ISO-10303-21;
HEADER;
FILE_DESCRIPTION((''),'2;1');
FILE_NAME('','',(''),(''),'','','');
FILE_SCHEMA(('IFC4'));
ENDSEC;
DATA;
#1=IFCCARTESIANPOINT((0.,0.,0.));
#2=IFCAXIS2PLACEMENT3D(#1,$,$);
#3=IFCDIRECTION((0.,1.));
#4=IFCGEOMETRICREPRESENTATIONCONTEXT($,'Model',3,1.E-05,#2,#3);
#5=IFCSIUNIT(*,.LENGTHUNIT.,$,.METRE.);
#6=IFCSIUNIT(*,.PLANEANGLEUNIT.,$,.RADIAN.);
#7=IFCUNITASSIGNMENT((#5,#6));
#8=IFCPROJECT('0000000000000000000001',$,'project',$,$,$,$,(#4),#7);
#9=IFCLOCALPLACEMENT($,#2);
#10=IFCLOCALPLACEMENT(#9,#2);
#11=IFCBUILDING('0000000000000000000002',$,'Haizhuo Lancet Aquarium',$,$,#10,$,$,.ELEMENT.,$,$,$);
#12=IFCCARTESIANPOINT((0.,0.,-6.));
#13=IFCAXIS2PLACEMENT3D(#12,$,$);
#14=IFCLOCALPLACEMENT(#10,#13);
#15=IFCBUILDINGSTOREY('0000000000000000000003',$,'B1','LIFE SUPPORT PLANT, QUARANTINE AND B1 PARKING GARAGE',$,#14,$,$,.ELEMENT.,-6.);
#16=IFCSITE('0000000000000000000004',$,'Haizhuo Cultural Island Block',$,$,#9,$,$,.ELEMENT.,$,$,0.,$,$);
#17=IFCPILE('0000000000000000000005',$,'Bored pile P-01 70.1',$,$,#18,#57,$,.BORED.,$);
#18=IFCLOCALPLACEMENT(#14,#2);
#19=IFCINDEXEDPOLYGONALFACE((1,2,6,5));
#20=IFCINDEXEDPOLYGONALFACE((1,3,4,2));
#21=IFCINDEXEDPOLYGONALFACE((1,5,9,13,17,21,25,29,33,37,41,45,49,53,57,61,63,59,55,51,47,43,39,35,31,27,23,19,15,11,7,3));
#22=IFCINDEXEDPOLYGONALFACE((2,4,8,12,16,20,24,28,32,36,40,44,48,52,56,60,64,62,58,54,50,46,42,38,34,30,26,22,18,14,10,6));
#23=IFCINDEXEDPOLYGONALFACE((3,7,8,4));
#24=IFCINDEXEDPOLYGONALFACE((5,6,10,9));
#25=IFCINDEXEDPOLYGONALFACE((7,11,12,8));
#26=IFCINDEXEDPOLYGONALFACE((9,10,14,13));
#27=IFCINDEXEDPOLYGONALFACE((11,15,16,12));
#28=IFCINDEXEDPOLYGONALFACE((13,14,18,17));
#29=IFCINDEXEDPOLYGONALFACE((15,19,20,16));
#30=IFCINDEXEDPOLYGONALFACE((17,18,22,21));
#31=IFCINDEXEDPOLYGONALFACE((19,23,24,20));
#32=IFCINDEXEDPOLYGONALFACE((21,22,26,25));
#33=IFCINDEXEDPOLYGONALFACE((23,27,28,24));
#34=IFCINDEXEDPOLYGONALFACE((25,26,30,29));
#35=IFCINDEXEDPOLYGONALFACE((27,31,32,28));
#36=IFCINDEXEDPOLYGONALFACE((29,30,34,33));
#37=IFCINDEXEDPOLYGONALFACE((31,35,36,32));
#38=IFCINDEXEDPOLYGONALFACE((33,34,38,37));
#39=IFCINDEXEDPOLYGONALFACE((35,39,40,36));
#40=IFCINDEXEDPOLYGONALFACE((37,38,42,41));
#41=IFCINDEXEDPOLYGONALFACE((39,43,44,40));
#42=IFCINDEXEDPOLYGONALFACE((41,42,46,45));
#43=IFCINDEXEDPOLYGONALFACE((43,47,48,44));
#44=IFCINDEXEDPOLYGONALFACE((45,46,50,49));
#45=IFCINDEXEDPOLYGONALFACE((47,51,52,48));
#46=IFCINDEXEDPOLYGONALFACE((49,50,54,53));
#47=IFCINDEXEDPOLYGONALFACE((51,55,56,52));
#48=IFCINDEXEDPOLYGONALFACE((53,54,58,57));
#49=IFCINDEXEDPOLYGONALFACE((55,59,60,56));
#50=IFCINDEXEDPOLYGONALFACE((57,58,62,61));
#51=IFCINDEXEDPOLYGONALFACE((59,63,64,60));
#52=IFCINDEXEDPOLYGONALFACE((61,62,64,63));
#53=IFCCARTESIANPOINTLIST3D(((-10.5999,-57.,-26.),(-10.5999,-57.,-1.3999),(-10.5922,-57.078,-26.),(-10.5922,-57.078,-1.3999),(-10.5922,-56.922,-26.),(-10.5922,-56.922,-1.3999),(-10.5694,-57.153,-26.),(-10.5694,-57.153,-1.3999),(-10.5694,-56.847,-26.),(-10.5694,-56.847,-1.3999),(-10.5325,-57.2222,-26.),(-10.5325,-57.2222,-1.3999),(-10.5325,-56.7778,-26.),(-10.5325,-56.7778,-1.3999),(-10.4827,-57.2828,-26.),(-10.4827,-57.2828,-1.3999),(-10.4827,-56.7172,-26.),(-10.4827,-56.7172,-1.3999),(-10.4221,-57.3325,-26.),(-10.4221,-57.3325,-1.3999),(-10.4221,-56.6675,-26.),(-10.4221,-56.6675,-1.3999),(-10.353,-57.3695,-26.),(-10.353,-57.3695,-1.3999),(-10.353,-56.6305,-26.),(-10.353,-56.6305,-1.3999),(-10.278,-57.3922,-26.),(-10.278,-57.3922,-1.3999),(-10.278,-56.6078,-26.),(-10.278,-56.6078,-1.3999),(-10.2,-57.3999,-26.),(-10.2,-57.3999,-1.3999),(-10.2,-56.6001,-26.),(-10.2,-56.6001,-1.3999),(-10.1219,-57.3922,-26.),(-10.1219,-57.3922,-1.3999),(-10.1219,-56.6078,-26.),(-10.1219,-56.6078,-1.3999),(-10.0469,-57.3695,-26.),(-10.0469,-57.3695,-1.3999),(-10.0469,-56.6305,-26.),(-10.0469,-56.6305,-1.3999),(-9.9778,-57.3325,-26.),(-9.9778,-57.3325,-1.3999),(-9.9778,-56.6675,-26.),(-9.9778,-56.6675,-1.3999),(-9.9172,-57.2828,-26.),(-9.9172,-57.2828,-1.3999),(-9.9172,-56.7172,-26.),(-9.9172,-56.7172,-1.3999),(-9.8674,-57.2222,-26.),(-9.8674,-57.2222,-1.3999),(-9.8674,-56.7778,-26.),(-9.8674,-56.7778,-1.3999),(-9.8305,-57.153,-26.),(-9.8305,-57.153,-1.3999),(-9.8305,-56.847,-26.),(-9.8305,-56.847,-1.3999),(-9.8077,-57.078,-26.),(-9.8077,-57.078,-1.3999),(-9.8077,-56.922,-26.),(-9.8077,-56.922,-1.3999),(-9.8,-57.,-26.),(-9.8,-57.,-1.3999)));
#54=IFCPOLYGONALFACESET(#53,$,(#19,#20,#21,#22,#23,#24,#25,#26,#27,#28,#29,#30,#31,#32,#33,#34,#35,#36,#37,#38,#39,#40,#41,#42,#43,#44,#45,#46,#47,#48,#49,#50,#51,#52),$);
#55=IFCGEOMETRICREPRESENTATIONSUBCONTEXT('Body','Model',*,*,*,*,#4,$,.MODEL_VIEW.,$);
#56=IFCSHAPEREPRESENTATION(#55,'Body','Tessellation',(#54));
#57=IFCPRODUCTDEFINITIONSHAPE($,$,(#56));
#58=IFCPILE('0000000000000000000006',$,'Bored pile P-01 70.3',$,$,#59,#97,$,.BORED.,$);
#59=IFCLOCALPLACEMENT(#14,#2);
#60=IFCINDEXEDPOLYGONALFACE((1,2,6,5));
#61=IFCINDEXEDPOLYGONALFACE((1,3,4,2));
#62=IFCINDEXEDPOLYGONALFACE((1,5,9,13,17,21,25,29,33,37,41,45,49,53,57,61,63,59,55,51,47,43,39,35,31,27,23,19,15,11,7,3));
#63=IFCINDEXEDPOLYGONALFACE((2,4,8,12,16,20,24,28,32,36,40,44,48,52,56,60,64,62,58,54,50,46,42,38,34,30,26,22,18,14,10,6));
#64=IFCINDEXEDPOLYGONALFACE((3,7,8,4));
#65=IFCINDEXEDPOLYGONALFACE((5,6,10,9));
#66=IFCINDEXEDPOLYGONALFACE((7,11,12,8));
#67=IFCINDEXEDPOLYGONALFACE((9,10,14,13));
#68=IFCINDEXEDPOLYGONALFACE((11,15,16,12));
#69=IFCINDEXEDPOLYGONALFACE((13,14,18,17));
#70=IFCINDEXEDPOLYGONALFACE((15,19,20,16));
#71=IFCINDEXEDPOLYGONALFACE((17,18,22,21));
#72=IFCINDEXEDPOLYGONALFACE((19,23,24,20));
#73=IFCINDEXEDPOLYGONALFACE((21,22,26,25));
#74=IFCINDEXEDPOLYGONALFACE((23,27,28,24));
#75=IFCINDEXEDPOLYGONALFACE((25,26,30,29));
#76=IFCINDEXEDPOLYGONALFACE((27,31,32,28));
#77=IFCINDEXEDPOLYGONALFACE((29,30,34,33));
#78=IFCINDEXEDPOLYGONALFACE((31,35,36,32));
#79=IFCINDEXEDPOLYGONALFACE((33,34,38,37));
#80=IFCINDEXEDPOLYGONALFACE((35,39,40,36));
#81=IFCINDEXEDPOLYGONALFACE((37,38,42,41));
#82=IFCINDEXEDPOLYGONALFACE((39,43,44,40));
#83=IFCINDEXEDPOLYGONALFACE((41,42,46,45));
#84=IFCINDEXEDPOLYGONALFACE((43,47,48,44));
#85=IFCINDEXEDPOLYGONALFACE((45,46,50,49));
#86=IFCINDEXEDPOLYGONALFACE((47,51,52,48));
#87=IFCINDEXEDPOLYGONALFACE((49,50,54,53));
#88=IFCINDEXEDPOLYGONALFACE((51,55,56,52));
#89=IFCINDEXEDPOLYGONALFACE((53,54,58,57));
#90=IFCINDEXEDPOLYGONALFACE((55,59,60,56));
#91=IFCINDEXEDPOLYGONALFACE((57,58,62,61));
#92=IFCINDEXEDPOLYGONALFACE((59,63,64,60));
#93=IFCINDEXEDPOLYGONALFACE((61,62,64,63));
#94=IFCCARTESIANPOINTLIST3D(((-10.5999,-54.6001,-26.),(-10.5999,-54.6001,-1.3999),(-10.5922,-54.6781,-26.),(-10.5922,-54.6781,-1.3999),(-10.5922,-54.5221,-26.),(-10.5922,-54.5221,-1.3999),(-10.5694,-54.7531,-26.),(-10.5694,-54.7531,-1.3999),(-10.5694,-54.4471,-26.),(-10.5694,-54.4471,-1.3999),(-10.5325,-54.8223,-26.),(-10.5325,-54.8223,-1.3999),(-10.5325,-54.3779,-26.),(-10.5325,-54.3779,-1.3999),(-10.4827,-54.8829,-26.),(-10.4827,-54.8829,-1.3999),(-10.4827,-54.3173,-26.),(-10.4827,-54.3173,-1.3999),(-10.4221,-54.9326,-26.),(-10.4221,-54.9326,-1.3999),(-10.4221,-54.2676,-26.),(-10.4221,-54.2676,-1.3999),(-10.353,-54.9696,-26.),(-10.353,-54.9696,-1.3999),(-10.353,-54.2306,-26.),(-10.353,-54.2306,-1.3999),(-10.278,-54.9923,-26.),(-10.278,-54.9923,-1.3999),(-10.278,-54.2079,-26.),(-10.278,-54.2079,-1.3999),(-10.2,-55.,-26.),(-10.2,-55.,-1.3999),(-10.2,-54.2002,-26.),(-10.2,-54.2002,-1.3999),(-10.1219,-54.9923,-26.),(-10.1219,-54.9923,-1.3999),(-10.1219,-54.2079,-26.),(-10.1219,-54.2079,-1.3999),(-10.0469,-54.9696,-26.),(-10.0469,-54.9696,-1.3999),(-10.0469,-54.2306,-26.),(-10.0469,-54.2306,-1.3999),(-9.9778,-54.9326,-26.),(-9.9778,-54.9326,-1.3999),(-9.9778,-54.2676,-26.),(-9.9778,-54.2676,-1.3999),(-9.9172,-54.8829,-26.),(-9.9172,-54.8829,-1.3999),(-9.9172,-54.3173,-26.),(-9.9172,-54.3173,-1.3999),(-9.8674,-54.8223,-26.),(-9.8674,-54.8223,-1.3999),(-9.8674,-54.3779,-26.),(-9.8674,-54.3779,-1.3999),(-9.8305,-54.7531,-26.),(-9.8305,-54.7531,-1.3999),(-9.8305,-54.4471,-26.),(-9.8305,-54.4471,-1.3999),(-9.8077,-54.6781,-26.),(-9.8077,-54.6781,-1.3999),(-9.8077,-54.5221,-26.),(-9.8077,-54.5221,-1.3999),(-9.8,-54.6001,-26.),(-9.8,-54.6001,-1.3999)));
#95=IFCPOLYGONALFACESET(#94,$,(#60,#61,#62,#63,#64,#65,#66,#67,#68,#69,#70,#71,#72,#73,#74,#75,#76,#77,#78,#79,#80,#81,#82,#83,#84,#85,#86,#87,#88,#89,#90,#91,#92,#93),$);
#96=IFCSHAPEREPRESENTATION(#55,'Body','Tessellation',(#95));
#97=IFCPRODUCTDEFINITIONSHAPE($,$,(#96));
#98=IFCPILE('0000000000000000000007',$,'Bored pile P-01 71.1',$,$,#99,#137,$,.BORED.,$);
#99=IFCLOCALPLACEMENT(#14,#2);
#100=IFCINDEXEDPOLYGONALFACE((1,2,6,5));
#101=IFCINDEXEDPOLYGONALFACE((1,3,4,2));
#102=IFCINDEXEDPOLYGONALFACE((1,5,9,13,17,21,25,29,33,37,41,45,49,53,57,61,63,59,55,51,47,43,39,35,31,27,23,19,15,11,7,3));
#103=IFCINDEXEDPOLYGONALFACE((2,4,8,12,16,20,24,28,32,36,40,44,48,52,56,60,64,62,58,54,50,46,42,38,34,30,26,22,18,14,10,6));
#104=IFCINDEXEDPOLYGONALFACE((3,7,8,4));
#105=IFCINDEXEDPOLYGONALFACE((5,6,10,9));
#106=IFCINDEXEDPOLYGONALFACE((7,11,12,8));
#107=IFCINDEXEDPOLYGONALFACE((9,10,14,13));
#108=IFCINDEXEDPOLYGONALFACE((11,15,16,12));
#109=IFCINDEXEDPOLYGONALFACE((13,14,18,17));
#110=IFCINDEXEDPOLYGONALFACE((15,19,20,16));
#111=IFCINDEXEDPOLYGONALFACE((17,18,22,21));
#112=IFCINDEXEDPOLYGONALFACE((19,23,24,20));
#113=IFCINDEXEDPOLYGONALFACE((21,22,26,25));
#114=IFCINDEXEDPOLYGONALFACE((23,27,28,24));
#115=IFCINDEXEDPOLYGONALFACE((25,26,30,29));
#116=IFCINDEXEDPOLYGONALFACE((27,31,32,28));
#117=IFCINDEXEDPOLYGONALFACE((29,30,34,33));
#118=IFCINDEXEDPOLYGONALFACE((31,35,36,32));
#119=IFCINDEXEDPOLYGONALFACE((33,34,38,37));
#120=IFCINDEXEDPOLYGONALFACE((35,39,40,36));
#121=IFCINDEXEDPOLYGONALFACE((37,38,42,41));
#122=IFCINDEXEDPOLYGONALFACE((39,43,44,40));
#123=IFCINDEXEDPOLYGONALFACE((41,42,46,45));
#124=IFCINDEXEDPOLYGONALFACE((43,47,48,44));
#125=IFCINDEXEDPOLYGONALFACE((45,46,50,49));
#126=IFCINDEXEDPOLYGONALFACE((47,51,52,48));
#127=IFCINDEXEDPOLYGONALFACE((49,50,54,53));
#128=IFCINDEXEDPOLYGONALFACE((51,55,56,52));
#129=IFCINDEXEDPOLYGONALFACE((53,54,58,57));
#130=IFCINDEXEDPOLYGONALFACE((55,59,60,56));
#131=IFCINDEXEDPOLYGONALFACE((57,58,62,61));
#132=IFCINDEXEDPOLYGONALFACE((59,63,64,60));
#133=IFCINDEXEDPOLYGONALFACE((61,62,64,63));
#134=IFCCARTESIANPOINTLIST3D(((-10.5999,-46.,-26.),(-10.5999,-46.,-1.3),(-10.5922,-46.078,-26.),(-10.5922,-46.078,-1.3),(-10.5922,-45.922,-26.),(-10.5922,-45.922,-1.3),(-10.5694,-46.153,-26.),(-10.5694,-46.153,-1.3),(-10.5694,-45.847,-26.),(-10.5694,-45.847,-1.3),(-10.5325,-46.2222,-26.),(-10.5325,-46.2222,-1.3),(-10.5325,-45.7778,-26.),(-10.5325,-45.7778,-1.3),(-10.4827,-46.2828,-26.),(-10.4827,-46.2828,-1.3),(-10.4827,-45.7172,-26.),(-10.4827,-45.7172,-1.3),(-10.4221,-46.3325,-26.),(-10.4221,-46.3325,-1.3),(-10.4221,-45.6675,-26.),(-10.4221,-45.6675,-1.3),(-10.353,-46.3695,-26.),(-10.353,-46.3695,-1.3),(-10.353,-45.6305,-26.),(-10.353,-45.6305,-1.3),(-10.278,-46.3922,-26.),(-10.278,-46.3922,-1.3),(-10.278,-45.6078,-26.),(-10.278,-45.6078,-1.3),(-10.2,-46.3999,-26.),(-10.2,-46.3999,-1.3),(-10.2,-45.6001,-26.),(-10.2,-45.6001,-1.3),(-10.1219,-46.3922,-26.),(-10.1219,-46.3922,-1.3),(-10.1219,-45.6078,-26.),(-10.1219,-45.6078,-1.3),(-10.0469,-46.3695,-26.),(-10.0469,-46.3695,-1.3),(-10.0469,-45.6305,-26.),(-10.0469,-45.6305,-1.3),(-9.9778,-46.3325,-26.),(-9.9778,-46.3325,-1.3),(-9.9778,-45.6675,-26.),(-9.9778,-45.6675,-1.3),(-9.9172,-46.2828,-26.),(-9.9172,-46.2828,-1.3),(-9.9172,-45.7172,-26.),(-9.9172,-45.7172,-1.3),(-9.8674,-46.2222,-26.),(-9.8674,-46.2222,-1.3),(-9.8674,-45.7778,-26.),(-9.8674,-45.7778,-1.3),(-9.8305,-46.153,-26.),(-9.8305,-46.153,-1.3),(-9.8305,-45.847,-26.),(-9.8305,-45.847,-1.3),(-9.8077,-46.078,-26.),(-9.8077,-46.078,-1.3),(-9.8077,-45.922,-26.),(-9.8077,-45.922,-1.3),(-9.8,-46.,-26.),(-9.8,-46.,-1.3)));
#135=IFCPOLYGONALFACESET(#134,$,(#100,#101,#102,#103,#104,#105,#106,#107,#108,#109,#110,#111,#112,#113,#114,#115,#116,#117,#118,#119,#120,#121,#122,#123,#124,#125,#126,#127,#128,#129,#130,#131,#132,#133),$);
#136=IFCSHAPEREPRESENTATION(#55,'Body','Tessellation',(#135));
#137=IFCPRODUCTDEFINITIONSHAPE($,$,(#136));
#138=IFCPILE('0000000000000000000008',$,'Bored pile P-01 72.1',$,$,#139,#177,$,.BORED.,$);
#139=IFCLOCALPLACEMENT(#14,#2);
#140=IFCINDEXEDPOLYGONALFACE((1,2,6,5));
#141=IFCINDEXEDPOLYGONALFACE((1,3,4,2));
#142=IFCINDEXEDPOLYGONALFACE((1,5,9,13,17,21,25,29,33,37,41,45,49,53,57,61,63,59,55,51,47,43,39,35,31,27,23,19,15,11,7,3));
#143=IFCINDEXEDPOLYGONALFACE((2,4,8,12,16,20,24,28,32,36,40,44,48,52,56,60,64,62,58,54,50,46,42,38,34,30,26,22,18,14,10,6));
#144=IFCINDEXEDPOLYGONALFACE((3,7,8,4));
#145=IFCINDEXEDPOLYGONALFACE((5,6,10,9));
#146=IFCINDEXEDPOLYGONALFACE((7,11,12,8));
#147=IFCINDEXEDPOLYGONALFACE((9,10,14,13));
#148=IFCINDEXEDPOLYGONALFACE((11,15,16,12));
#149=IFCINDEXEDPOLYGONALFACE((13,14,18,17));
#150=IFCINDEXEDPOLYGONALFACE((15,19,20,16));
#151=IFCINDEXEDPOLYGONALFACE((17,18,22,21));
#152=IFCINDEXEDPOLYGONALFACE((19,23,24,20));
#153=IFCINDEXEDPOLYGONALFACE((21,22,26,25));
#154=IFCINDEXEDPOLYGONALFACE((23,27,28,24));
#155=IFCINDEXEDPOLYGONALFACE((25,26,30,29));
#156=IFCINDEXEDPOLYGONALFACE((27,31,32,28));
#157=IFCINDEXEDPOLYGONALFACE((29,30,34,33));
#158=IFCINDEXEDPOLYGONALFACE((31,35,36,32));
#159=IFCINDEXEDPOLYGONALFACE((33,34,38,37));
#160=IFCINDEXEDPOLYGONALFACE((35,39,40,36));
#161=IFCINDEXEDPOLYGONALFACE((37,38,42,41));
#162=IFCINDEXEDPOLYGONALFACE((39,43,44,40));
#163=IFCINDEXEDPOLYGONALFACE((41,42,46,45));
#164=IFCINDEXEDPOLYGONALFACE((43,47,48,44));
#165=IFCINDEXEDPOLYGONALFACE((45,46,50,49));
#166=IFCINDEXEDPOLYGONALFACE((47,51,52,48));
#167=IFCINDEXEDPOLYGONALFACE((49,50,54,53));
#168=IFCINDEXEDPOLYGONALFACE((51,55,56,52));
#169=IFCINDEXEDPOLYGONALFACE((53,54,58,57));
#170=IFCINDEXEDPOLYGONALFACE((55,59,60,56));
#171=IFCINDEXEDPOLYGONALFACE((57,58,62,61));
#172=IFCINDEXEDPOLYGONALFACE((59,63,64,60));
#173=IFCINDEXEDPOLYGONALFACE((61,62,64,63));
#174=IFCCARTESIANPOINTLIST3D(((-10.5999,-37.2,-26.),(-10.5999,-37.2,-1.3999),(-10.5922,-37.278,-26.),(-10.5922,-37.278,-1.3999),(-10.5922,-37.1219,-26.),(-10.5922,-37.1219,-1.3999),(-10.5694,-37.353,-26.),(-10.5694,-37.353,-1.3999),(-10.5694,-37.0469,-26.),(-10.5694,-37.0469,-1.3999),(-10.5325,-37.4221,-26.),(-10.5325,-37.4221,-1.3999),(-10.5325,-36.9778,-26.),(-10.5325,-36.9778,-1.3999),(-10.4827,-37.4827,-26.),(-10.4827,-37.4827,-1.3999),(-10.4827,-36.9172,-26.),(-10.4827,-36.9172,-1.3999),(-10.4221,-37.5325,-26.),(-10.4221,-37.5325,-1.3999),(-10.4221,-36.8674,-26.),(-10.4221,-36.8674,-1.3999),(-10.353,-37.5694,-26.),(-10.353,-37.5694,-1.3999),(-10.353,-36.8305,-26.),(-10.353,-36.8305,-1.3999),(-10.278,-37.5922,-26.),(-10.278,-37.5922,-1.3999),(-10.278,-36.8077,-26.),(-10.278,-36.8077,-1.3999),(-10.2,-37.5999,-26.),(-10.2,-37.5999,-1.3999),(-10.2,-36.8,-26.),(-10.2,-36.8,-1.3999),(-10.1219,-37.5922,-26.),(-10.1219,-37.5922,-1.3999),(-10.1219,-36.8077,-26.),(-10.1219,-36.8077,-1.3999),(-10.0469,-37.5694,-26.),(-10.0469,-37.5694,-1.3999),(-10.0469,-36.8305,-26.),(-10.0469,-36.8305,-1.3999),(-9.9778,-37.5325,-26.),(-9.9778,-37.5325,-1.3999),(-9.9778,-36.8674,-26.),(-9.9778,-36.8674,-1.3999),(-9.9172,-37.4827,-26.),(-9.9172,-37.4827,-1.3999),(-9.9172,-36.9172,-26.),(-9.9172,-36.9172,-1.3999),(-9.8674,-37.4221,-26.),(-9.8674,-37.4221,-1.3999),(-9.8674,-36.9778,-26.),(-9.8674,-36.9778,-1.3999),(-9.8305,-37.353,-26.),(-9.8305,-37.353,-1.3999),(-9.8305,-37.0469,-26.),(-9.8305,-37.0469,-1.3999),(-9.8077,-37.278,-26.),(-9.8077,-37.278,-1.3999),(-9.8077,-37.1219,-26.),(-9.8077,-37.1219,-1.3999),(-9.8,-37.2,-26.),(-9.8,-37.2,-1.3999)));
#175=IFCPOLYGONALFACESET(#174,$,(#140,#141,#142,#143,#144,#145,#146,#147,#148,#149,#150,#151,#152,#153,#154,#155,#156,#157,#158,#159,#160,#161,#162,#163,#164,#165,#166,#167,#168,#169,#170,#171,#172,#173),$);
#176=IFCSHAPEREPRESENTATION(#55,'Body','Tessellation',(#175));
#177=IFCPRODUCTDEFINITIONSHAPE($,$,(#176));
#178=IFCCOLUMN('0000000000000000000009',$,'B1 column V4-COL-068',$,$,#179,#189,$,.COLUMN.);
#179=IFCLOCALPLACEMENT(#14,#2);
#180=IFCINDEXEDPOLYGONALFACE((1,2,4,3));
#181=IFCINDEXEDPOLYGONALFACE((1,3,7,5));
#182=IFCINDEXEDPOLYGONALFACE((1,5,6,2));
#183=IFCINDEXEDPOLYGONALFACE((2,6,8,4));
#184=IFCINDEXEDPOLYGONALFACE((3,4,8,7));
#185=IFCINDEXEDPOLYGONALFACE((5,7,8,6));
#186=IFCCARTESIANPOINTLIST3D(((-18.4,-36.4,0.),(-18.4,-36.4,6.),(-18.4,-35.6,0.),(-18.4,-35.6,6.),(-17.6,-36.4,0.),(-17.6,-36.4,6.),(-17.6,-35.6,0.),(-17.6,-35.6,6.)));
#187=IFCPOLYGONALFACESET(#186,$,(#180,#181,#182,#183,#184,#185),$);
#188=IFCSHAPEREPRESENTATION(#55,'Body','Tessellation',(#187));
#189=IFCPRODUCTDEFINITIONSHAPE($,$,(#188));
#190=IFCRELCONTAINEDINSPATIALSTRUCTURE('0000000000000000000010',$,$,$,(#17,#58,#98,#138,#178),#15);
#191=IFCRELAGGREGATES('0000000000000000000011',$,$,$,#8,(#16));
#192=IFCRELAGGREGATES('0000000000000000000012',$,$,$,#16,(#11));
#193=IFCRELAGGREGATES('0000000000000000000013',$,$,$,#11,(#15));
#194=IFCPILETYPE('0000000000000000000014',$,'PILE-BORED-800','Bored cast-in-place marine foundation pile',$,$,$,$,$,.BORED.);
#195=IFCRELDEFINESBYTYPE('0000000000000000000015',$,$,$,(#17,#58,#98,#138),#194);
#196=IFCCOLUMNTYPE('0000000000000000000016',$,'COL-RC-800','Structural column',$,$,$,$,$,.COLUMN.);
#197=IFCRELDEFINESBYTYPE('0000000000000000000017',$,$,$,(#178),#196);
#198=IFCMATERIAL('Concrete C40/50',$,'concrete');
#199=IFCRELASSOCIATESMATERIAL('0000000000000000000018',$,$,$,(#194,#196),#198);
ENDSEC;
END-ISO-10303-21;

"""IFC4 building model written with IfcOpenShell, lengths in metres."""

from ifc_helpers import new_model, si_unit, direction, frame, origin, origin_2d, place, context, subcontext, project, spatial, rectangle, circle, extrude, material, material_profile, profile_set, type_object, element, save


model = new_model("IFC4")

# Units and contexts
model_context = context("Model", 3, precision=1e-05, world=origin(), true_north=direction((0.0, 1.0)))
body_context = subcontext(model_context, "Body", "Model", "MODEL_VIEW")
ifc_project = project(units=[si_unit("LENGTHUNIT", "METRE"), si_unit("PLANEANGLEUNIT", "RADIAN")], contexts=[model_context])

# Site, building, storey
site_placement = place(None, origin())
site = spatial("IfcSite", under=ifc_project, at=site_placement, Name="Haizhuo Cultural Island Block", CompositionType="ELEMENT", RefElevation=0.0)
building_placement = place(site_placement, origin())
building = spatial("IfcBuilding", under=site, at=building_placement, Name="Haizhuo Lancet Aquarium", CompositionType="ELEMENT")
storey_placement = place(building_placement, frame((0.0, 0.0, -6.0)))
storey = spatial("IfcBuildingStorey", under=building, at=storey_placement, Name="B1", Description="LIFE SUPPORT PLANT, QUARANTINE AND B1 PARKING GARAGE", CompositionType="ELEMENT", Elevation=-6.0)

# Shared definitions
ifc_material_1 = material(Name="Concrete C40/50", Category="concrete")

# Piles
ifc_material_profile_1 = material_profile(ifc_material_1, circle(Radius=0.3999, at=origin_2d()), Name="PILE-800")
ifc_profile_set_1 = profile_set([ifc_material_profile_1], Name="Concrete C40/50")
pile_type = type_object("IfcPileType", Name="PILE-BORED-800", Description="Bored cast-in-place marine foundation pile", PredefinedType="BORED", material=ifc_profile_set_1)
for number, where, z_axis, x_axis, name in (
    (1, (-10.2, -57.0, -1.3999), (0.0, 0.0, -1.0), (1.0, 0.0, 0.0), "Bored pile P-01 70.1"),
    (2, (-10.2, -54.6001, -1.3999), (0.0, 0.0, -1.0), (1.0, 0.0, 0.0), "Bored pile P-01 70.3"),
):
    element("IfcPile", number, at=place(storey_placement, frame(where, z_axis=z_axis, x_axis=x_axis)), inside=storey, type_object=pile_type, Name=name, PredefinedType="BORED", context=body_context, shape_type="SweptSolid", body=[
        extrude(circle(Radius=0.3999, at=origin_2d()), origin(), (0.0, 0.0, 1.0), 24.6001),
    ])
pile_1_placement = place(storey_placement, frame((-10.2, -46.0, -1.3), z_axis=(0.0, 0.0, -1.0), x_axis=(1.0, 0.0, 0.0)))
element("IfcPile", 3, at=pile_1_placement, inside=storey, type_object=pile_type, Name="Bored pile P-01 71.1", PredefinedType="BORED", context=body_context, shape_type="SweptSolid", body=[
    extrude(circle(Radius=0.3999, at=origin_2d()), origin(), (0.0, 0.0, 1.0), 24.7),
])
pile_2_placement = place(storey_placement, frame((-10.2, -37.2, -1.3999), z_axis=(0.0, 0.0, -1.0), x_axis=(1.0, 0.0, 0.0)))
element("IfcPile", 4, at=pile_2_placement, inside=storey, type_object=pile_type, Name="Bored pile P-01 72.1", PredefinedType="BORED", context=body_context, shape_type="SweptSolid", body=[
    extrude(circle(Radius=0.3999, at=origin_2d()), origin(), (0.0, 0.0, 1.0), 24.6001),
])

# Column
ifc_material_profile_2 = material_profile(ifc_material_1, rectangle(XDim=0.8, YDim=0.8, at=origin_2d()), Name="RC-COL 800x800")
ifc_profile_set_2 = profile_set([ifc_material_profile_2], Name="Concrete C40/50")
column_type = type_object("IfcColumnType", Name="COL-RC-800", Description="Structural column", PredefinedType="COLUMN", material=ifc_profile_set_2)
column_placement = place(storey_placement, frame((-18.0, -36.0, 0.0), z_axis=(0.0, 0.0, 1.0), x_axis=(1.0, 0.0, 0.0)))
element("IfcColumn", 5, at=column_placement, inside=storey, type_object=column_type, Name="B1 column V4-COL-068", PredefinedType="COLUMN", context=body_context, shape_type="SweptSolid", body=[
    extrude(rectangle(XDim=0.8, YDim=0.8, at=origin_2d()), origin(), (0.0, 0.0, 1.0), 6.0),
])

save(model, "model.ifc")
